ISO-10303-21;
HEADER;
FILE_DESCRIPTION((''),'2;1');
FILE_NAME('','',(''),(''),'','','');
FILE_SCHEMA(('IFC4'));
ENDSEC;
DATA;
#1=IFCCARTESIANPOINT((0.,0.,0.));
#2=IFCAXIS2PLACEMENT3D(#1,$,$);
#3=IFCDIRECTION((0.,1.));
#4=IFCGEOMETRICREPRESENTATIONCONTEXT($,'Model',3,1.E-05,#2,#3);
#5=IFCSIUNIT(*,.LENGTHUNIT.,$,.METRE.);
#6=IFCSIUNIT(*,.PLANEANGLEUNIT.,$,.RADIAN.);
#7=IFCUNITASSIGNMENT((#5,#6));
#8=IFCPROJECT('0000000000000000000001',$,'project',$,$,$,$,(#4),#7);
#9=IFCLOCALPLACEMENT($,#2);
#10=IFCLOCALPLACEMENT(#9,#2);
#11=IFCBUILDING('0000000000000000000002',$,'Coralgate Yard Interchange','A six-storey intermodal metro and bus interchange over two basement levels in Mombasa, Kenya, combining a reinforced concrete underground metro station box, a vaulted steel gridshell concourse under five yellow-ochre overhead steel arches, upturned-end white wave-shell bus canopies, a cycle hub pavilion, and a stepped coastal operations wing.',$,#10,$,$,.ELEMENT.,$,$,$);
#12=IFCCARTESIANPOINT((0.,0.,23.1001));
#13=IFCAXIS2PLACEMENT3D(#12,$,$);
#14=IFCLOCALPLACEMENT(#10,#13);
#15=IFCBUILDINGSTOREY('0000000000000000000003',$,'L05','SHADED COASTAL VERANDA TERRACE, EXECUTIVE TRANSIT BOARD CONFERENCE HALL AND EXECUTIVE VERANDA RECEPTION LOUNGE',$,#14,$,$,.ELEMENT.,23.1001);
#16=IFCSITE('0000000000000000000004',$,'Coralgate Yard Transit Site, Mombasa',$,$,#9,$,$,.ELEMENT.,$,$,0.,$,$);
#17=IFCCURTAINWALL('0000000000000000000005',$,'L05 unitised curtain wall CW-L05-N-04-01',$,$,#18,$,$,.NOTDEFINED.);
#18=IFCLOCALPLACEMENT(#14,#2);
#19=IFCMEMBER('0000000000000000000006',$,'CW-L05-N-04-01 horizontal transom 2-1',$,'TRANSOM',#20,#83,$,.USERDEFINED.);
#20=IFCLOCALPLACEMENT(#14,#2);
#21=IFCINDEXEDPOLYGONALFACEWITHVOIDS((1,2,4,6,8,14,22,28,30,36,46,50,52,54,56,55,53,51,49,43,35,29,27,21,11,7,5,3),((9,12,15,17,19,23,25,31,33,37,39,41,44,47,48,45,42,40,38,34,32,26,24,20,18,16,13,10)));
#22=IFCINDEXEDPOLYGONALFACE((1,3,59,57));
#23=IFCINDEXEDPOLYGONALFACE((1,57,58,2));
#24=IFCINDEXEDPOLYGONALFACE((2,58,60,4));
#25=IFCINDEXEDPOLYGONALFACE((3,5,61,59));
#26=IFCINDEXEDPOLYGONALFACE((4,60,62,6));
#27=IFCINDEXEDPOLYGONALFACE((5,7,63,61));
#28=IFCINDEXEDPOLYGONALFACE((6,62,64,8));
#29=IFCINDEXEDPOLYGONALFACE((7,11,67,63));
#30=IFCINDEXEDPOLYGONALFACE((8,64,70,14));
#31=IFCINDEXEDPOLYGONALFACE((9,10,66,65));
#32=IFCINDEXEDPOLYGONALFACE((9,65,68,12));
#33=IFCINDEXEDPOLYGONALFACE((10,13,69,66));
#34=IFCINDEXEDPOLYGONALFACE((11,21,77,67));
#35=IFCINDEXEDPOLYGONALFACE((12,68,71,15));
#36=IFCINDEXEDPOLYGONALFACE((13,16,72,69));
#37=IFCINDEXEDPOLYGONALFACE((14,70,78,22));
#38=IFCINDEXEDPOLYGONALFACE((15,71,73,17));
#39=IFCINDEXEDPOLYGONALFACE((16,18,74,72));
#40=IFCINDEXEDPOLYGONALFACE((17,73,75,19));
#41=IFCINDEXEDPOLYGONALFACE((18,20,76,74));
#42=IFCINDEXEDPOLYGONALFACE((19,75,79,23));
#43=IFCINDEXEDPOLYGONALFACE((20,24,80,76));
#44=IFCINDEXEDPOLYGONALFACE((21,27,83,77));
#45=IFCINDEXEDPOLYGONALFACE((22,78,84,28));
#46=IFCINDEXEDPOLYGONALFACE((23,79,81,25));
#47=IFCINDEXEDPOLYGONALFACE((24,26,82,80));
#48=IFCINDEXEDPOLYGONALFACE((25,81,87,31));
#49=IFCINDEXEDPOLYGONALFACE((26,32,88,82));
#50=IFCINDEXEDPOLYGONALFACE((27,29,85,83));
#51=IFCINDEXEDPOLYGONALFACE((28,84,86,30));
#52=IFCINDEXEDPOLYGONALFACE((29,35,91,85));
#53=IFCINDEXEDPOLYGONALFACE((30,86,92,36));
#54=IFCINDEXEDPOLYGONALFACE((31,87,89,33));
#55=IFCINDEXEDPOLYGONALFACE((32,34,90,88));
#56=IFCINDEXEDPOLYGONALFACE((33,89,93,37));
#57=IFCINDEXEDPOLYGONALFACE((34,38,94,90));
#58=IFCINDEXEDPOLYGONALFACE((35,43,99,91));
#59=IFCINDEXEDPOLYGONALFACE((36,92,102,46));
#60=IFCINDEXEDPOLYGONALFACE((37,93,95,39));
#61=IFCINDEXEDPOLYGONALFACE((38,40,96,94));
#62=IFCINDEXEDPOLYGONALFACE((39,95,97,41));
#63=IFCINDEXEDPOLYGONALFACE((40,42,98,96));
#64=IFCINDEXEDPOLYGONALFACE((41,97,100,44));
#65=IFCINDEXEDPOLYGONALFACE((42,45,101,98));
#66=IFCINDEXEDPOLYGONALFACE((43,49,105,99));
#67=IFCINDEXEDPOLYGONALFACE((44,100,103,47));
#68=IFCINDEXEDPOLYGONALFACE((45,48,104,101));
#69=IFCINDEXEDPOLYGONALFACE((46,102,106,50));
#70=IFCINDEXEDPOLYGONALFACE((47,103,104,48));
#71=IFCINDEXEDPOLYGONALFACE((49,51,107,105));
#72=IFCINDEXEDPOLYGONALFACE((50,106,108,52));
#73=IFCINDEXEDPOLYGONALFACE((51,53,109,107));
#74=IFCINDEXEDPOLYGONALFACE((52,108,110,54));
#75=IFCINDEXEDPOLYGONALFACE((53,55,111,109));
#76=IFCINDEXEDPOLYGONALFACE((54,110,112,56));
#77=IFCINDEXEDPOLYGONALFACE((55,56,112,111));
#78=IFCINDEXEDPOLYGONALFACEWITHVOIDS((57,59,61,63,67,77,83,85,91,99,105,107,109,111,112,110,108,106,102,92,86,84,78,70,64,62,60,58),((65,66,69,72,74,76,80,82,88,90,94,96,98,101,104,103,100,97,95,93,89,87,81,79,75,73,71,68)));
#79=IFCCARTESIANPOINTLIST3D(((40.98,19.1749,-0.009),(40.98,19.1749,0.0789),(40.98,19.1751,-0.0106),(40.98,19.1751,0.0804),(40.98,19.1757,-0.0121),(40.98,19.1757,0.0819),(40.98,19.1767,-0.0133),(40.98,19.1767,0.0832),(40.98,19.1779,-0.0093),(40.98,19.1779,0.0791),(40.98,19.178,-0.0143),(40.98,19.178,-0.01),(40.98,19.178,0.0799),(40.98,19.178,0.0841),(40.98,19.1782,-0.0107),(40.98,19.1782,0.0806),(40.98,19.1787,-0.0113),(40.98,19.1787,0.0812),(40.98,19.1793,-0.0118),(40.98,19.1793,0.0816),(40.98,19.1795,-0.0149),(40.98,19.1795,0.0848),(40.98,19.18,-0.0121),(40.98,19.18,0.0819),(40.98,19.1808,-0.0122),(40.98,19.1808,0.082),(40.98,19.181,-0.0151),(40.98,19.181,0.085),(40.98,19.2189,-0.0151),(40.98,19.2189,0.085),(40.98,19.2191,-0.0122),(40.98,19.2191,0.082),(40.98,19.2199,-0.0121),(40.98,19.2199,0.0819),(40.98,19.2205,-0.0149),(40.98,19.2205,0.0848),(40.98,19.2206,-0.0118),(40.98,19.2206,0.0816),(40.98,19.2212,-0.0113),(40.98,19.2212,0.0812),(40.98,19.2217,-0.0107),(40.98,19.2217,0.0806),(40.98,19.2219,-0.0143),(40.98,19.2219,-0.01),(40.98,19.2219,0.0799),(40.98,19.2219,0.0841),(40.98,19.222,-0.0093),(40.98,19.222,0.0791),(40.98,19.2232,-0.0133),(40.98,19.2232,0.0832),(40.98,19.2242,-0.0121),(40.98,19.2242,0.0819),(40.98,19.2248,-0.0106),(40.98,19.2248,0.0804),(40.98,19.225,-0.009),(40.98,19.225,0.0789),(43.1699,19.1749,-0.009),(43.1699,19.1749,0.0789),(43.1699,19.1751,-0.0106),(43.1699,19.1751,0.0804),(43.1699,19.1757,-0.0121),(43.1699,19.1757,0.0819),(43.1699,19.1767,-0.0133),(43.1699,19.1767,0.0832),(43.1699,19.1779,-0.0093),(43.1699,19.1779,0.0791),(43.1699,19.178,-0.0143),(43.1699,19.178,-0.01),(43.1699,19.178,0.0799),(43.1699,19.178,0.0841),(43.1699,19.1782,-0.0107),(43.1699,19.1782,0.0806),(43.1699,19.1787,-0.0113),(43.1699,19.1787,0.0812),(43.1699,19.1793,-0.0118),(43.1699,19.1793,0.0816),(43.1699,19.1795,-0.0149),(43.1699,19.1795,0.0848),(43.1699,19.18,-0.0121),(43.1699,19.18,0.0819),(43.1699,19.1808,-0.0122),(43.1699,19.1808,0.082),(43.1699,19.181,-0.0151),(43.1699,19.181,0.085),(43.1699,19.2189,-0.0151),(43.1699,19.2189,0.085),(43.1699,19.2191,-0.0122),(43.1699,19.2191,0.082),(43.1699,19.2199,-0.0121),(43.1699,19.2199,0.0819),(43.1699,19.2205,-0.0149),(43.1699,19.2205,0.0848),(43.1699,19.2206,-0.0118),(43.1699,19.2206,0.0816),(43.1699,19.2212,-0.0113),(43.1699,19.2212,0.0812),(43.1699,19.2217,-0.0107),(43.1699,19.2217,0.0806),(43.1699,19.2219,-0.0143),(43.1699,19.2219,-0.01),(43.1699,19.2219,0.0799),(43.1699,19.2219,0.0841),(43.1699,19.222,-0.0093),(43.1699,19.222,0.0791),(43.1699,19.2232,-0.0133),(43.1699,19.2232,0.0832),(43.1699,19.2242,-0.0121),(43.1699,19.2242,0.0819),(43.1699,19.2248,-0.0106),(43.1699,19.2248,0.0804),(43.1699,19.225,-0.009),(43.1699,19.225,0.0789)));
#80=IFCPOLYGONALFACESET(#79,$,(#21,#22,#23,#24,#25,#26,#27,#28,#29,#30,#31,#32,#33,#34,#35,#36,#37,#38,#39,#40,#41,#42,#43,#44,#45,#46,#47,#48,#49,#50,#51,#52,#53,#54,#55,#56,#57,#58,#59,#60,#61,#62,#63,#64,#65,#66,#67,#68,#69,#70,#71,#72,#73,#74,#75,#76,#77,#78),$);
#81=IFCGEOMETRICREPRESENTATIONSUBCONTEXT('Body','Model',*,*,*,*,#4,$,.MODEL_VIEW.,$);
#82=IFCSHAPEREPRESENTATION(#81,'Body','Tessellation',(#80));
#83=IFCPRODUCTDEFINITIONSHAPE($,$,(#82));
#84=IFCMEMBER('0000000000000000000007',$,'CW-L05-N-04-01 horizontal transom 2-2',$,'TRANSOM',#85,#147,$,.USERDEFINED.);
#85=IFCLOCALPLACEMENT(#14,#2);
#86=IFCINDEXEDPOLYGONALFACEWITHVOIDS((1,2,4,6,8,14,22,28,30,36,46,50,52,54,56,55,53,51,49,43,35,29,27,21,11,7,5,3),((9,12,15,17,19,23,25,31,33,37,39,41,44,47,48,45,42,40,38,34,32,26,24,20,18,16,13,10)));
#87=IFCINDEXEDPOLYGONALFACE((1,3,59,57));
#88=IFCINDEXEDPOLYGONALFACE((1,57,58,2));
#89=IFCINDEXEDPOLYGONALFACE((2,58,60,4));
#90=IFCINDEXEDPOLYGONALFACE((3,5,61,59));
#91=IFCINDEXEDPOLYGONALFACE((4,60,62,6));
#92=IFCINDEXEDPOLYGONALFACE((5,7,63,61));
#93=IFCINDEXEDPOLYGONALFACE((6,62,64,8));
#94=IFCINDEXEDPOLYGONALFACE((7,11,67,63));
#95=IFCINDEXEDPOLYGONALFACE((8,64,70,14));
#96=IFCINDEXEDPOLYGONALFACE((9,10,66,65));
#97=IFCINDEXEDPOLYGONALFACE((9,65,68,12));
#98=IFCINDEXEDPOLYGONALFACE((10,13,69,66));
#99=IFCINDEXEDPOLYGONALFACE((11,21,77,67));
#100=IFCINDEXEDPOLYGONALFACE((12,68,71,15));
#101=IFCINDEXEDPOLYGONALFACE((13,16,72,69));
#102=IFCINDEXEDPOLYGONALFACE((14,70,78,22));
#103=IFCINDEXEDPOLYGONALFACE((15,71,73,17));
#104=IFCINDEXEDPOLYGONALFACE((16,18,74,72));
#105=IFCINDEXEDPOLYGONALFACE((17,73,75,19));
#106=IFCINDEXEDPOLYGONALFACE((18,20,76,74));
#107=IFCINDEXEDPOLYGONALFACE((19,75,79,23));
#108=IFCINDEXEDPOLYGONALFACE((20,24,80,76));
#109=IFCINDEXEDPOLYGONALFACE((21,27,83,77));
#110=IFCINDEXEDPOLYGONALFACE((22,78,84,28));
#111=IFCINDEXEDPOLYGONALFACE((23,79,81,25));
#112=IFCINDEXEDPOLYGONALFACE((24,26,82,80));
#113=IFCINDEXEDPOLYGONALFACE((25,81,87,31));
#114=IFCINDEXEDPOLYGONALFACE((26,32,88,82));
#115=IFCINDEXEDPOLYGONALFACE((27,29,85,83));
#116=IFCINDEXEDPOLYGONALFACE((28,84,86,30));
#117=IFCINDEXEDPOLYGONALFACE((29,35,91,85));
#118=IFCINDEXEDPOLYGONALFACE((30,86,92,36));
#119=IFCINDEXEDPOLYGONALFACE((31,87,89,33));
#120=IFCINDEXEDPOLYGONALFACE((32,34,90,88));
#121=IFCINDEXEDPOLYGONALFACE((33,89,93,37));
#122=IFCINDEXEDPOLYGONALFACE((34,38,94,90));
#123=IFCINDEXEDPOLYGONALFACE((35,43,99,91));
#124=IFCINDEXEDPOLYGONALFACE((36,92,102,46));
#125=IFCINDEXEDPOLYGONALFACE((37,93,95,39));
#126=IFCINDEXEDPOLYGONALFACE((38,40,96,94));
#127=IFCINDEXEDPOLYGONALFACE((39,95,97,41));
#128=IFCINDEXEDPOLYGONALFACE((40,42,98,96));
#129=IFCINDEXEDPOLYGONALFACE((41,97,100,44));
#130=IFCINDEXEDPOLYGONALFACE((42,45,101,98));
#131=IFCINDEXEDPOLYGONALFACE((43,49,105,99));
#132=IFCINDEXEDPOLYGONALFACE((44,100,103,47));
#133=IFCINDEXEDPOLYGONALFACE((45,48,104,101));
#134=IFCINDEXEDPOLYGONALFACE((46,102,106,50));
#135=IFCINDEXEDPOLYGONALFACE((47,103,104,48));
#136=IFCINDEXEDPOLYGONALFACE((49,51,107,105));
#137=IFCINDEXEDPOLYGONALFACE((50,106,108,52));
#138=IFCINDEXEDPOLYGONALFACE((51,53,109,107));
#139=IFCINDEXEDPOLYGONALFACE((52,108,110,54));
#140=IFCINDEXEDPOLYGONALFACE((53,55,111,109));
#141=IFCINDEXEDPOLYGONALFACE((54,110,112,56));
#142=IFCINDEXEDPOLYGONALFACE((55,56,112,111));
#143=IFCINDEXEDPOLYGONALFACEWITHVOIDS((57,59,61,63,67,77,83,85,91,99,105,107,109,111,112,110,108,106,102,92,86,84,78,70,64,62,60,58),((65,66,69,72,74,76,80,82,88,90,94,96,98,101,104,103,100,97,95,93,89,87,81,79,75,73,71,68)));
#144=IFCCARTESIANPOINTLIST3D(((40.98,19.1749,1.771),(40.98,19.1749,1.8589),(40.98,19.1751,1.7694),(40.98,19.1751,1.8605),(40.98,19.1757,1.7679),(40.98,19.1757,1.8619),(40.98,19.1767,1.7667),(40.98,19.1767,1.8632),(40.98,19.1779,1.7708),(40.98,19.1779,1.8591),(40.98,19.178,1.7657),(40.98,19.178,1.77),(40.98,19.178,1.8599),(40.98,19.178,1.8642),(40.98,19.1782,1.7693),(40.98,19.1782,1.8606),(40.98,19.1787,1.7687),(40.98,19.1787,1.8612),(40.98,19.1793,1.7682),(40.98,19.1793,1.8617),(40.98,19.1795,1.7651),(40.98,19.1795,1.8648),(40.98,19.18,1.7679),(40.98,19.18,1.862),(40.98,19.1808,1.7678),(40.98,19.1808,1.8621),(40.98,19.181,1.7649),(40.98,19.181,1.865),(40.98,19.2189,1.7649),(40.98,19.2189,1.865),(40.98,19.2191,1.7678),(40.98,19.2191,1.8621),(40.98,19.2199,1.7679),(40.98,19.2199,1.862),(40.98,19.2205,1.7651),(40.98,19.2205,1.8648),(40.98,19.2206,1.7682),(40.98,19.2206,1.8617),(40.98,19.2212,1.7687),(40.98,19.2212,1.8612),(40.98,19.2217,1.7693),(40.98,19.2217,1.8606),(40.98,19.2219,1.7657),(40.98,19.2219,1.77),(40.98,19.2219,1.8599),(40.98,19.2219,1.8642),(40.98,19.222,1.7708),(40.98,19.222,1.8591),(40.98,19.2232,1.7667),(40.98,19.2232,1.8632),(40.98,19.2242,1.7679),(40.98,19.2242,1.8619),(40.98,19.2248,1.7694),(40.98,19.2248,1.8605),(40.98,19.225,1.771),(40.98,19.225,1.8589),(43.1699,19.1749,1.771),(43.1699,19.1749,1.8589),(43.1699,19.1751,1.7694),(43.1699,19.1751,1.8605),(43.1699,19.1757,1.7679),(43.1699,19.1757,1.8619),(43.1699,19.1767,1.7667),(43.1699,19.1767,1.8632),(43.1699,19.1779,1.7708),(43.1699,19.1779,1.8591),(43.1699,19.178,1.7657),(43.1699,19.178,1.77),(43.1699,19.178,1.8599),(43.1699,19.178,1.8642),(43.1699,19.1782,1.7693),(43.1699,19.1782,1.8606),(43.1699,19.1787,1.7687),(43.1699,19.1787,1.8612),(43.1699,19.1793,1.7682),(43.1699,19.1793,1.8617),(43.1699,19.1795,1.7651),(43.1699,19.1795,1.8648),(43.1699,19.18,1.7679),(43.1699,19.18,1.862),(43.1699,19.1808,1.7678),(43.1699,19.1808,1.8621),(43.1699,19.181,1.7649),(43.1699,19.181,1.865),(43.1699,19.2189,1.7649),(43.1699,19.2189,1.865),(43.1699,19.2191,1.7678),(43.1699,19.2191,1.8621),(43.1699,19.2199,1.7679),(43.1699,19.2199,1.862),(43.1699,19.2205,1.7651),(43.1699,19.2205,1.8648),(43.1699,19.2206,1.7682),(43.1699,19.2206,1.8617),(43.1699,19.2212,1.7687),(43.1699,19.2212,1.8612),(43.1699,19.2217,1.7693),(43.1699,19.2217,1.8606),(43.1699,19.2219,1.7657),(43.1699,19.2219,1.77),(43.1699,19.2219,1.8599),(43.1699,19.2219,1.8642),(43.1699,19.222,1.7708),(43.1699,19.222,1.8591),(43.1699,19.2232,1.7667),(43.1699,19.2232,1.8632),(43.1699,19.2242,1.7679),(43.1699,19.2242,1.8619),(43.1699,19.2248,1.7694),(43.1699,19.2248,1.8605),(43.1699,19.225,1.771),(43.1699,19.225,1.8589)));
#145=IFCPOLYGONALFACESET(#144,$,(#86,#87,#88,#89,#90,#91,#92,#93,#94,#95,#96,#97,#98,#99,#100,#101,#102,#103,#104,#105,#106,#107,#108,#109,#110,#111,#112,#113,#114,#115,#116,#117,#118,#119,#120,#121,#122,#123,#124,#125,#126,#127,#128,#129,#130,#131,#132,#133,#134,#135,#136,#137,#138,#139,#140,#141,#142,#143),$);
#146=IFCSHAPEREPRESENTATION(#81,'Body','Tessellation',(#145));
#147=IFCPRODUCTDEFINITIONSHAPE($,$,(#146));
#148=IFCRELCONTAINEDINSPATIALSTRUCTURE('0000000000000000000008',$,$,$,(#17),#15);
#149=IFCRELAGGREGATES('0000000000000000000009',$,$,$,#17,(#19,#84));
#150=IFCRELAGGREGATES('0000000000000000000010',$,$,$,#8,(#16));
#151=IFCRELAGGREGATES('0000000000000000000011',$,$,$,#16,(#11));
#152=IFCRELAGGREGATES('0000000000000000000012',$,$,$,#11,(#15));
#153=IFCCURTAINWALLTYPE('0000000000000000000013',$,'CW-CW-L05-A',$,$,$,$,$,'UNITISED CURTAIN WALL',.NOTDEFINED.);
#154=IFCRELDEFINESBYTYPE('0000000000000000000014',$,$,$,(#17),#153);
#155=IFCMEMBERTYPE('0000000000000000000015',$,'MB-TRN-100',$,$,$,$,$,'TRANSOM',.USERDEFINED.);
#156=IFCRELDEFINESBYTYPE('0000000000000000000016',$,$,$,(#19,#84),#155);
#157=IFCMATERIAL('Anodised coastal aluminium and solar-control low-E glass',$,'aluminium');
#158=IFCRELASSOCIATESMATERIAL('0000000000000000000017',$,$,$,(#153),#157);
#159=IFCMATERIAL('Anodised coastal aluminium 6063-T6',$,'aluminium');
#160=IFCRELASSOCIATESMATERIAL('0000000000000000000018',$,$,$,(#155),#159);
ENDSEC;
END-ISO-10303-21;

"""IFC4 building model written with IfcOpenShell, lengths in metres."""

from ifc_helpers import new_model, si_unit, direction, frame, origin, origin_2d, place, context, subcontext, project, spatial, hollow_rectangle, extrude, material, material_profile, profile_set, type_object, element, aggregate, save


model = new_model("IFC4")

# Units and contexts
model_context = context("Model", 3, precision=1e-05, world=origin(), true_north=direction((0.0, 1.0)))
body_context = subcontext(model_context, "Body", "Model", "MODEL_VIEW")
ifc_project = project(units=[si_unit("LENGTHUNIT", "METRE"), si_unit("PLANEANGLEUNIT", "RADIAN")], contexts=[model_context])

# Site, building, storey
site_placement = place(None, origin())
site = spatial("IfcSite", under=ifc_project, at=site_placement, Name="Coralgate Yard Transit Site, Mombasa", CompositionType="ELEMENT", RefElevation=0.0)
building_placement = place(site_placement, origin())
building = spatial("IfcBuilding", under=site, at=building_placement, Name="Coralgate Yard Interchange", Description="A six-storey intermodal metro and bus interchange over two basement levels in Mombasa, Kenya, combining a reinforced concrete underground metro station box, a vaulted steel gridshell concourse under five yellow-ochre overhead steel arches, upturned-end white wave-shell bus canopies, a cycle hub pavilion, and a stepped coastal operations wing.", CompositionType="ELEMENT")
storey_placement = place(building_placement, frame((0.0, 0.0, 23.1001)))
storey = spatial("IfcBuildingStorey", under=building, at=storey_placement, Name="L05", Description="SHADED COASTAL VERANDA TERRACE, EXECUTIVE TRANSIT BOARD CONFERENCE HALL AND EXECUTIVE VERANDA RECEPTION LOUNGE", CompositionType="ELEMENT", Elevation=23.1001)

# Curtain wall, members
ifc_material_1 = material(Name="Anodised coastal aluminium and solar-control low-E glass", Category="aluminium")
curtain_wall_type = type_object("IfcCurtainWallType", Name="CW-CW-L05-A", ElementType="UNITISED CURTAIN WALL", PredefinedType="NOTDEFINED", material=ifc_material_1)
curtain_wall_placement = place(storey_placement, origin())
curtain_wall = element("IfcCurtainWall", 1, at=curtain_wall_placement, inside=storey, type_object=curtain_wall_type, Name="L05 unitised curtain wall CW-L05-N-04-01", PredefinedType="NOTDEFINED")
ifc_material_2 = material(Name="Anodised coastal aluminium 6063-T6", Category="aluminium")
ifc_material_profile_1 = material_profile(ifc_material_2, hollow_rectangle(XDim=0.05, YDim=0.1001, WallThickness=0.0029, InnerFilletRadius=0.0029, OuterFilletRadius=0.0061, at=origin_2d()), Name="ALU 50x100x3")
ifc_profile_set_1 = profile_set([ifc_material_profile_1], Name="Anodised coastal aluminium 6063-T6")
member_type_1 = type_object("IfcMemberType", Name="MB-TRN-100", ElementType="TRANSOM", PredefinedType="USERDEFINED", material=ifc_profile_set_1)
member_1_placement = place(storey_placement, frame((40.98, 19.2, 0.0349), z_axis=(1.0, 0.0, 0.0), x_axis=(0.0, 1.0, 0.0)))
member_1 = element("IfcMember", 2, at=member_1_placement, type_object=member_type_1, Name="CW-L05-N-04-01 horizontal transom 2-1", ObjectType="TRANSOM", PredefinedType="USERDEFINED", context=body_context, shape_type="SweptSolid", body=[
    extrude(hollow_rectangle(XDim=0.05, YDim=0.1001, WallThickness=0.0029, InnerFilletRadius=0.0029, OuterFilletRadius=0.0061, at=origin_2d()), origin(), (0.0, 0.0, 1.0), 2.1899),
])
member_2_placement = place(storey_placement, frame((40.98, 19.2, 1.8149), z_axis=(1.0, 0.0, 0.0), x_axis=(0.0, 1.0, 0.0)))
member_2 = element("IfcMember", 3, at=member_2_placement, type_object=member_type_1, Name="CW-L05-N-04-01 horizontal transom 2-2", ObjectType="TRANSOM", PredefinedType="USERDEFINED", context=body_context, shape_type="SweptSolid", body=[
    extrude(hollow_rectangle(XDim=0.05, YDim=0.1001, WallThickness=0.0029, InnerFilletRadius=0.0029, OuterFilletRadius=0.0061, at=origin_2d()), origin(), (0.0, 0.0, 1.0), 2.1899),
])
aggregate(curtain_wall, [member_1, member_2])

save(model, "model.ifc")
